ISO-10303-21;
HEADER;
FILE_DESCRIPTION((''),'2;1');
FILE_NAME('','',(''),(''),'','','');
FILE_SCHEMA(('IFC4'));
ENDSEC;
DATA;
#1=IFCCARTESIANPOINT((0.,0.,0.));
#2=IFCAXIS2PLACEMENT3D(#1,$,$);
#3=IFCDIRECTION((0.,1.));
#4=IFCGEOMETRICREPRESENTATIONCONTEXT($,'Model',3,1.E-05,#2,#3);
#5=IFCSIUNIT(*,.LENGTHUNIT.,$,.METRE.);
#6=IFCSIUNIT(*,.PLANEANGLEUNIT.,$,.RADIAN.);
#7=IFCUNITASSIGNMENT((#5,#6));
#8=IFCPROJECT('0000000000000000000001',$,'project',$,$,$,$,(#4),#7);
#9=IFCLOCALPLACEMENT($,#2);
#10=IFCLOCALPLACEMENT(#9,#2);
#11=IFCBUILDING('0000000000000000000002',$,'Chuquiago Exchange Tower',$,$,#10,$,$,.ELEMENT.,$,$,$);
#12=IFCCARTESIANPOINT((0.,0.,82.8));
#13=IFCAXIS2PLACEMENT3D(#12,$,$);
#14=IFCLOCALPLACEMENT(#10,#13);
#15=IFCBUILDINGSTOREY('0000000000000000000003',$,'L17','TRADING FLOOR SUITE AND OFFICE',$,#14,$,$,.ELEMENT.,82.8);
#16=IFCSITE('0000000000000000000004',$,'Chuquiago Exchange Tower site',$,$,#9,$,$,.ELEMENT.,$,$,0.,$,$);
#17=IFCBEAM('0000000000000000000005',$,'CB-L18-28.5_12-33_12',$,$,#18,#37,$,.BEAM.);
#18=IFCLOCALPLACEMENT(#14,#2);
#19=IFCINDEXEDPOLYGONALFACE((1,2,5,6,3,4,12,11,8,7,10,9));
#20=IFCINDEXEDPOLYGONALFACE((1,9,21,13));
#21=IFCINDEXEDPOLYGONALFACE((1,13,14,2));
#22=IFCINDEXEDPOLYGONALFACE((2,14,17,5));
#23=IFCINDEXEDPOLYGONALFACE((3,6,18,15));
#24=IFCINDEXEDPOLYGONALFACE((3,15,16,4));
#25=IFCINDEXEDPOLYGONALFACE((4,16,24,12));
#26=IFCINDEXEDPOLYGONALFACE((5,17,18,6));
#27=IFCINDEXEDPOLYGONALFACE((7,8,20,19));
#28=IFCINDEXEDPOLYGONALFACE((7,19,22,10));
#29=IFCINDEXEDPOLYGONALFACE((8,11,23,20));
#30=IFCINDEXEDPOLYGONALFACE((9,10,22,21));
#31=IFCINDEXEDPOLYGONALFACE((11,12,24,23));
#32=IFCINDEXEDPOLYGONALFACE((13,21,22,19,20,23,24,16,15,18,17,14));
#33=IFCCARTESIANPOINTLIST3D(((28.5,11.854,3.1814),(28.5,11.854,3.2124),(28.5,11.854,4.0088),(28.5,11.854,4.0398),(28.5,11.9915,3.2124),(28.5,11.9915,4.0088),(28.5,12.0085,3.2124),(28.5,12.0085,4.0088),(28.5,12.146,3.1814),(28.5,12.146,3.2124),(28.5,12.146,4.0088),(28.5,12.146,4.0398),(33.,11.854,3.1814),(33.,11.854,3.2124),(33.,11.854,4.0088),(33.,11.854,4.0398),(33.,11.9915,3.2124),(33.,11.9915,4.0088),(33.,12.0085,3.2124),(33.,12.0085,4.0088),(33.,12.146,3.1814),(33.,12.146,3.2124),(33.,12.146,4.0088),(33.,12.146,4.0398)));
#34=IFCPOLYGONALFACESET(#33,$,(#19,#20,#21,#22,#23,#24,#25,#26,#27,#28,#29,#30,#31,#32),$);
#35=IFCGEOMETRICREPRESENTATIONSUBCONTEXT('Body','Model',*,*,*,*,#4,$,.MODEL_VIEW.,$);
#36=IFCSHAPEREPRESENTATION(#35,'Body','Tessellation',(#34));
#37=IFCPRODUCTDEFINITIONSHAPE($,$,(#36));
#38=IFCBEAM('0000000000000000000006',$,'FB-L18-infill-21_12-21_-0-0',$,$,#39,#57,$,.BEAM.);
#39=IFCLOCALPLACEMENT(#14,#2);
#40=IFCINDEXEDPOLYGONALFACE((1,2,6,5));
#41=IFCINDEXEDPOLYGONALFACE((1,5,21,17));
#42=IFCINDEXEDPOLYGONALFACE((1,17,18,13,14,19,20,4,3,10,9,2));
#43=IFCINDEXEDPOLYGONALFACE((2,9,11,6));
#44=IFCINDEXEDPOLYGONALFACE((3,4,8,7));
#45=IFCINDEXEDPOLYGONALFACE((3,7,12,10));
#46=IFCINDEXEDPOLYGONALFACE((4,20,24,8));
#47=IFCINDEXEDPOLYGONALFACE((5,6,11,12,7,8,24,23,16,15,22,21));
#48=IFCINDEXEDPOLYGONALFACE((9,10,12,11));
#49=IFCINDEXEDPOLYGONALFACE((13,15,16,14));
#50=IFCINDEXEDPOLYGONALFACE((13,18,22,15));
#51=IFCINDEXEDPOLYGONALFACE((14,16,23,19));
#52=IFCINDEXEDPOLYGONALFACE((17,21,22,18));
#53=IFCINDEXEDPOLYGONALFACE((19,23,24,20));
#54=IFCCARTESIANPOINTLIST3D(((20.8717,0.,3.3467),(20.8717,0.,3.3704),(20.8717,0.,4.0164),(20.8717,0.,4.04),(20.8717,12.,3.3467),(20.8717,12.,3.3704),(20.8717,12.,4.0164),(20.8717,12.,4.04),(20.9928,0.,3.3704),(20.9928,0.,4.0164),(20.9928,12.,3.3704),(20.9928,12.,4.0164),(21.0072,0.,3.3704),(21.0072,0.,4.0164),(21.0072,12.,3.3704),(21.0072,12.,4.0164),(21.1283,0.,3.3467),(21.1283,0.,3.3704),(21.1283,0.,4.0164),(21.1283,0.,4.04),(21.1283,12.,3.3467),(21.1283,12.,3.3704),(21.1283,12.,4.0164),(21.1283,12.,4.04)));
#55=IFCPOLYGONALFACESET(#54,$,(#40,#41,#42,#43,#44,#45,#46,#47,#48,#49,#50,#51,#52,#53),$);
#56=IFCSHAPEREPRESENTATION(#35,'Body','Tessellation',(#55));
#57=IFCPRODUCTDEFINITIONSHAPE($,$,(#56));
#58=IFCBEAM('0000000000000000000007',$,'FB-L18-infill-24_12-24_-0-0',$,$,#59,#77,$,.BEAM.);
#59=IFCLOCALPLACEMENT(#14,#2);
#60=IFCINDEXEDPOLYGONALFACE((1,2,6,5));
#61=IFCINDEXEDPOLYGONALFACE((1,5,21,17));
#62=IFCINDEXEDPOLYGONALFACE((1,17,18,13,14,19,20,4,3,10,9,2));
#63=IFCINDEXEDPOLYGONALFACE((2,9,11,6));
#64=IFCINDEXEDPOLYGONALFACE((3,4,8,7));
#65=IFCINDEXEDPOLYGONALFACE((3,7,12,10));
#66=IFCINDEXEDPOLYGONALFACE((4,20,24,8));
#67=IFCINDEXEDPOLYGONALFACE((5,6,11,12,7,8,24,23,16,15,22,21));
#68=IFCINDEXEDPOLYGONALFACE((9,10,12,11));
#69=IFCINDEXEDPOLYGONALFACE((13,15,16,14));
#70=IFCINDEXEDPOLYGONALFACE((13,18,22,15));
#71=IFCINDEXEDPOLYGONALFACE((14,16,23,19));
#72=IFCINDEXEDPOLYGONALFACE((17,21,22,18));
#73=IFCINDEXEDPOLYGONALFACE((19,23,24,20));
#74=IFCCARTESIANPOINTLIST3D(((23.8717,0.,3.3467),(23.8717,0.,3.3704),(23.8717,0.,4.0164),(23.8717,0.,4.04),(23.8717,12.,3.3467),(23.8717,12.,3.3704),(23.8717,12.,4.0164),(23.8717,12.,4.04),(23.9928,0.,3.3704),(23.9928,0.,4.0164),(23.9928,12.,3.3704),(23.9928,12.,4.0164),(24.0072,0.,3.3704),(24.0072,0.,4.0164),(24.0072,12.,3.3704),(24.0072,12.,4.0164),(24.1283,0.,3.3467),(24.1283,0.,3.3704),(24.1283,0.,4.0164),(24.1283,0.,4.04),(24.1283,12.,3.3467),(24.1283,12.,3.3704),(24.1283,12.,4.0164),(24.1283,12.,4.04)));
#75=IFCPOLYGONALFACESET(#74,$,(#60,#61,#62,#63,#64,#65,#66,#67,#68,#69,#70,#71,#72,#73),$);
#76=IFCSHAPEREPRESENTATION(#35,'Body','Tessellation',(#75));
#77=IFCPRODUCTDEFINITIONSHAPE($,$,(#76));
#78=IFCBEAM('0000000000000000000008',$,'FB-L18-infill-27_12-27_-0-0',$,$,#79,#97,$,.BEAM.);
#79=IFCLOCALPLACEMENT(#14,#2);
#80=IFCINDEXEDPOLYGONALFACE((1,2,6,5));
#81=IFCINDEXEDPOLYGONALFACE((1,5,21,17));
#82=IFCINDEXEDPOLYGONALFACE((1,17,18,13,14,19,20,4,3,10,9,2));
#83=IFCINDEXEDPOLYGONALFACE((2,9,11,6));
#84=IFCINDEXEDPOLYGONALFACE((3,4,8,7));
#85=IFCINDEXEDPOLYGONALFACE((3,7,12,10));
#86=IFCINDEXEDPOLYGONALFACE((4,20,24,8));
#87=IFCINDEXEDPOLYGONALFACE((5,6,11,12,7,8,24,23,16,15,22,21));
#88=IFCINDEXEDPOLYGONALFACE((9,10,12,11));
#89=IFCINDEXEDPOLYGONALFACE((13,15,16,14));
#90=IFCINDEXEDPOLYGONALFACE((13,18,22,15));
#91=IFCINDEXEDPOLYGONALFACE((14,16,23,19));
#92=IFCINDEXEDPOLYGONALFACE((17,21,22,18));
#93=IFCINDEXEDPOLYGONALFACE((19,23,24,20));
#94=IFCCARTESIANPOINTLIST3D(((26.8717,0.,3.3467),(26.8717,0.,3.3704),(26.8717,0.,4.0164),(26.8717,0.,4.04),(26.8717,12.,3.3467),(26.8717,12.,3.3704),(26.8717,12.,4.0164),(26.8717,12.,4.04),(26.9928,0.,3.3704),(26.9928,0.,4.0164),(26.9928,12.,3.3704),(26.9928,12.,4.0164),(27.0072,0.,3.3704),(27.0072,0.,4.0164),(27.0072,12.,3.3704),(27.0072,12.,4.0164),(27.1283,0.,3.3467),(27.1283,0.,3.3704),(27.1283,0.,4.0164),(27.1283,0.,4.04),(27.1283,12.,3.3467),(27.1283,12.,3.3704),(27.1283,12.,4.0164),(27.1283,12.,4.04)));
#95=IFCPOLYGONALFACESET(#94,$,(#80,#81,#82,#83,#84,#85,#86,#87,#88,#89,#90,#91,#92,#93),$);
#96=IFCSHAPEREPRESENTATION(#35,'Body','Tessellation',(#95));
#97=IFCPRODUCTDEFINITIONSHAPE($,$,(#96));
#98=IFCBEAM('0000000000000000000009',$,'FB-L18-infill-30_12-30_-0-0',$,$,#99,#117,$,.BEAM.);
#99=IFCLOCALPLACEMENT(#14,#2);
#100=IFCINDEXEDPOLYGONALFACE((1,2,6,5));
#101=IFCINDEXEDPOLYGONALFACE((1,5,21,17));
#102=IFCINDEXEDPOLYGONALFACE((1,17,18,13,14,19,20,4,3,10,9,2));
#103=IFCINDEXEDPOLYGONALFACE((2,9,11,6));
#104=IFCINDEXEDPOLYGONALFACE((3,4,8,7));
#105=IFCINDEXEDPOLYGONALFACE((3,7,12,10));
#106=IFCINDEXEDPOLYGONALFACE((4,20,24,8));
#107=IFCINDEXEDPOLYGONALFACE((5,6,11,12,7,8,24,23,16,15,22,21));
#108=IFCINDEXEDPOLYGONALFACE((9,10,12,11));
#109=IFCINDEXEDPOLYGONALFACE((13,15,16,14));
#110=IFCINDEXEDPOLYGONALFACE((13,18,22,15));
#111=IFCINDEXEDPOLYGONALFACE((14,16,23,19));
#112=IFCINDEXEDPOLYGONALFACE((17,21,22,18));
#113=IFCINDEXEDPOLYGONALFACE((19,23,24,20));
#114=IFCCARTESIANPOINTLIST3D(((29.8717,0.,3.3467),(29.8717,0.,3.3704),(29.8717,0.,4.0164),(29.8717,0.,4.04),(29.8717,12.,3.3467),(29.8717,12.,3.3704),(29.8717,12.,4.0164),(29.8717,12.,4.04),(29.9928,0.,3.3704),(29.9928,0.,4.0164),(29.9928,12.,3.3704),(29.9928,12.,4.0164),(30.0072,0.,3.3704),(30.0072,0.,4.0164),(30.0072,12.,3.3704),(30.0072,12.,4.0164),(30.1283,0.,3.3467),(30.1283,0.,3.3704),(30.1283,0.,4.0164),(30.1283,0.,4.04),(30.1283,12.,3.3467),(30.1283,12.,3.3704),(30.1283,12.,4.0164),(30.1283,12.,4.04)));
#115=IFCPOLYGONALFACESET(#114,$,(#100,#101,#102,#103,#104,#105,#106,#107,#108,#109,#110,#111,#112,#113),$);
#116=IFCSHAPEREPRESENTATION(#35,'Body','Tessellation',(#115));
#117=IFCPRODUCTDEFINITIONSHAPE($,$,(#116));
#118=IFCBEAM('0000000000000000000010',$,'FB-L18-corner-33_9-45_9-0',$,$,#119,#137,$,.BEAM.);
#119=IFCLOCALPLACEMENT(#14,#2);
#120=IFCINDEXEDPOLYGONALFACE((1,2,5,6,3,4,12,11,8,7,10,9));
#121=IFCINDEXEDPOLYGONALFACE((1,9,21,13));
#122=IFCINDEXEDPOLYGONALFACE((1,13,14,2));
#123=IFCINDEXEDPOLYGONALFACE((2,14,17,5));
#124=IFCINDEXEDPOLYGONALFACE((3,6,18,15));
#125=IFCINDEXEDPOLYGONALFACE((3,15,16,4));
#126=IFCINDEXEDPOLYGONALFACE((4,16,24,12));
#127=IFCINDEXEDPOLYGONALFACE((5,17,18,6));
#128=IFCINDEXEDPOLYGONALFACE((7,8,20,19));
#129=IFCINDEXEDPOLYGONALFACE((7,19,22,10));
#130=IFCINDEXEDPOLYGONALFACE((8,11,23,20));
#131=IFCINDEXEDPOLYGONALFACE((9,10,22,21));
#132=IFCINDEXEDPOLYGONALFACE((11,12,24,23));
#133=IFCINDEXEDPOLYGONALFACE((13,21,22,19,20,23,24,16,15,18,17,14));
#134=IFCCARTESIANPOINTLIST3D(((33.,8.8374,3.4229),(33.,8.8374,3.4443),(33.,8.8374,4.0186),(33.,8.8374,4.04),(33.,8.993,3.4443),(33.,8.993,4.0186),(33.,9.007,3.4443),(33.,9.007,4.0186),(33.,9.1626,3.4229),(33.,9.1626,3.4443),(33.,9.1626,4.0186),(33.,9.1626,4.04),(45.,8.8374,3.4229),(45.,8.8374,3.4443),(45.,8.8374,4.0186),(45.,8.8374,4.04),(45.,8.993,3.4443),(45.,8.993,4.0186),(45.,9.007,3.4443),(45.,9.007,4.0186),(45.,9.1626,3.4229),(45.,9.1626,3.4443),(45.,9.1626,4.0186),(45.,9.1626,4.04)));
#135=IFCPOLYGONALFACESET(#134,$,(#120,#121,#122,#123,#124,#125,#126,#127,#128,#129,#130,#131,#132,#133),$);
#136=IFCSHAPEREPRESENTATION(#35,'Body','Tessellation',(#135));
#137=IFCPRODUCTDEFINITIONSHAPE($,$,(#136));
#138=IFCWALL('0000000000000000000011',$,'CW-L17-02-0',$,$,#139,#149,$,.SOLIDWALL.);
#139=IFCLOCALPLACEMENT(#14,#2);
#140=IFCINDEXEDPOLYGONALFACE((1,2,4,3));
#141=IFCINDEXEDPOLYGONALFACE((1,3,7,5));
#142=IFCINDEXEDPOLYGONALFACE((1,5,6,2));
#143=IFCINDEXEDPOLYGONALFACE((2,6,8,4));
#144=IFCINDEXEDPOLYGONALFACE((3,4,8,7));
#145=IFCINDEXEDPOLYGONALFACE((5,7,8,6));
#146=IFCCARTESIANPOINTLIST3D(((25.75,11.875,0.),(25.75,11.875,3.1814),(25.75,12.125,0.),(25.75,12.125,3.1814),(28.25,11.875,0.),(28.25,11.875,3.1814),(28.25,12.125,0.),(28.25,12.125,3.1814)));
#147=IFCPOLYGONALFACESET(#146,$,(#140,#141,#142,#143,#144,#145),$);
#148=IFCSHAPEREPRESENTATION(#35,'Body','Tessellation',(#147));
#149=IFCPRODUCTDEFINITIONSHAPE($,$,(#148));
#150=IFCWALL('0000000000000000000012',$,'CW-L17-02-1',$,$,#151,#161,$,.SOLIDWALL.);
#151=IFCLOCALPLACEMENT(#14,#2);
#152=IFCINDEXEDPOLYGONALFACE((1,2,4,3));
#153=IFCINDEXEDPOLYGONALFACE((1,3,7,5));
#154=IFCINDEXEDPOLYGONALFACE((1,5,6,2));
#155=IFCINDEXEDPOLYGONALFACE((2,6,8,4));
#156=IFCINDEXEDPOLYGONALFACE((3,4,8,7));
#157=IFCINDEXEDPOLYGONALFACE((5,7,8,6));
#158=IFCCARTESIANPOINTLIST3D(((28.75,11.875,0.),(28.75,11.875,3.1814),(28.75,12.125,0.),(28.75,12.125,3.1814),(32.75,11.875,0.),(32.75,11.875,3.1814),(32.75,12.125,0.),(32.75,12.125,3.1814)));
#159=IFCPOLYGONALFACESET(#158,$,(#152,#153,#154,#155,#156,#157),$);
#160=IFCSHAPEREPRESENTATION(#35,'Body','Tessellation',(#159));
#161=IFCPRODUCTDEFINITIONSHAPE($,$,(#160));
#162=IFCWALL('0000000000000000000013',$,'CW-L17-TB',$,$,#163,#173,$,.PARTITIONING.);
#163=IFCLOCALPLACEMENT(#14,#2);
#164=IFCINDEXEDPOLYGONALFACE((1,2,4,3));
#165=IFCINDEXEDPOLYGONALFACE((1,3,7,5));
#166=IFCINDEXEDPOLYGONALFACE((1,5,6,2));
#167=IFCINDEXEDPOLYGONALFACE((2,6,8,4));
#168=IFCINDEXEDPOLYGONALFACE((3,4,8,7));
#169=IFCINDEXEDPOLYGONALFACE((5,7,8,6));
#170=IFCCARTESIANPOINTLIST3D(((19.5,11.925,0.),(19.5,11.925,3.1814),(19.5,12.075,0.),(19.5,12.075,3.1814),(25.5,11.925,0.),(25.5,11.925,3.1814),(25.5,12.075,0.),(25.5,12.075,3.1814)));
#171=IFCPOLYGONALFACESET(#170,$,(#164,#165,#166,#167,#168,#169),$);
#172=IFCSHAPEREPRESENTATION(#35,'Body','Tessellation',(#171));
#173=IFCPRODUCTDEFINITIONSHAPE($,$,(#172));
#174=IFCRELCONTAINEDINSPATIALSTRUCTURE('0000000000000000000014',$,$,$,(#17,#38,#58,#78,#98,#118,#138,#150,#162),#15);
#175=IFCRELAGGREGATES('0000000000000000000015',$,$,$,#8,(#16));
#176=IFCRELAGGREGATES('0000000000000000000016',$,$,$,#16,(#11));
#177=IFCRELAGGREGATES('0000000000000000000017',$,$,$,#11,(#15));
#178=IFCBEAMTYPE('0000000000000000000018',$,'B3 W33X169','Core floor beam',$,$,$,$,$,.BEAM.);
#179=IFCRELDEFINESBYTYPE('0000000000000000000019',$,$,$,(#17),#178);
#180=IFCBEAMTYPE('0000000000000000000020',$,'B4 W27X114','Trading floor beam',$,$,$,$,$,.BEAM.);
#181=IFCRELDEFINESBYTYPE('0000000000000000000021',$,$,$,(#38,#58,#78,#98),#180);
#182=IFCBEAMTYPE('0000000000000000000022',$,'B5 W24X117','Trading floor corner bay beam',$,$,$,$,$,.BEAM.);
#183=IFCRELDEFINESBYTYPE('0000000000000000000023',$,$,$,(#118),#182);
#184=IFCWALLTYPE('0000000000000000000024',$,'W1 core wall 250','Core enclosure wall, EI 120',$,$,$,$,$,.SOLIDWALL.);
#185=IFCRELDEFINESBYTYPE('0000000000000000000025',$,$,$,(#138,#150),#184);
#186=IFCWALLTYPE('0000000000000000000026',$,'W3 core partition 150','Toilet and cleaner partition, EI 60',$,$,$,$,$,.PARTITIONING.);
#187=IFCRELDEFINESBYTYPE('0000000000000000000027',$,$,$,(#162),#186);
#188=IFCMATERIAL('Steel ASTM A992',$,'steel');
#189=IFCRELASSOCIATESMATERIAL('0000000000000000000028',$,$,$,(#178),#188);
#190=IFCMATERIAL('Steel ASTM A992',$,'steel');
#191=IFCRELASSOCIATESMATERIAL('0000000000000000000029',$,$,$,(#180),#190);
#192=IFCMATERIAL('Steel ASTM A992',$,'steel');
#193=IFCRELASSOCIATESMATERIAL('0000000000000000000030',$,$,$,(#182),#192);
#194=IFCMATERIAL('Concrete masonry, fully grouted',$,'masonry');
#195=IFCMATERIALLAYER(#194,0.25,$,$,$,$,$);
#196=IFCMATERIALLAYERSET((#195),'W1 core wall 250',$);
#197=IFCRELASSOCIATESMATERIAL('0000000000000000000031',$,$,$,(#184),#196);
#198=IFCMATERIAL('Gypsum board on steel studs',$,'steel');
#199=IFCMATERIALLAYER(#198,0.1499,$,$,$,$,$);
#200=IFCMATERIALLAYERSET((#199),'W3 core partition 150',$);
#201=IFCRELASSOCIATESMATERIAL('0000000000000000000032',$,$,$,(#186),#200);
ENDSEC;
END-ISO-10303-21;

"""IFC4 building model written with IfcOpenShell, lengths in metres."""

from ifc_helpers import new_model, si_unit, direction, frame, frame_2d, origin, origin_2d, place, context, subcontext, project, spatial, rectangle, i_section, extrude, material, layer, layer_set, material_profile, profile_set, type_object, element, save


model = new_model("IFC4")

# Units and contexts
model_context = context("Model", 3, precision=1e-05, world=origin(), true_north=direction((0.0, 1.0)))
body_context = subcontext(model_context, "Body", "Model", "MODEL_VIEW")
ifc_project = project(units=[si_unit("LENGTHUNIT", "METRE"), si_unit("PLANEANGLEUNIT", "RADIAN")], contexts=[model_context])

# Site, building, storey
site_placement = place(None, origin())
site = spatial("IfcSite", under=ifc_project, at=site_placement, Name="Chuquiago Exchange Tower site", CompositionType="ELEMENT", RefElevation=0.0)
building_placement = place(site_placement, origin())
building = spatial("IfcBuilding", under=site, at=building_placement, Name="Chuquiago Exchange Tower", CompositionType="ELEMENT")
storey_placement = place(building_placement, frame((0.0, 0.0, 82.8)))
storey = spatial("IfcBuildingStorey", under=building, at=storey_placement, Name="L17", Description="TRADING FLOOR SUITE AND OFFICE", CompositionType="ELEMENT", Elevation=82.8)

# Beams
ifc_material_1 = material(Name="Steel ASTM A992", Category="steel")
ifc_material_profile_1 = material_profile(ifc_material_1, i_section(OverallWidth=0.292, OverallDepth=0.8584, WebThickness=0.0171, FlangeThickness=0.031, at=origin_2d()), Name="W33X169")
ifc_profile_set_1 = profile_set([ifc_material_profile_1], Name="Steel ASTM A992")
beam_type_1 = type_object("IfcBeamType", Name="B3 W33X169", Description="Core floor beam", PredefinedType="BEAM", material=ifc_profile_set_1)
beam_1_placement = place(storey_placement, frame((28.5, 12.0, 3.6106), z_axis=(1.0, 0.0, 0.0), x_axis=(0.0, 1.0, 0.0)))
element("IfcBeam", 1, at=beam_1_placement, inside=storey, type_object=beam_type_1, Name="CB-L18-28.5_12-33_12", PredefinedType="BEAM", context=body_context, shape_type="SweptSolid", body=[
    extrude(i_section(OverallWidth=0.292, OverallDepth=0.8584, WebThickness=0.0171, FlangeThickness=0.031, at=origin_2d()), origin(), (0.0, 0.0, 1.0), 4.5),
])
ifc_material_2 = material(Name="Steel ASTM A992", Category="steel")
ifc_material_profile_2 = material_profile(ifc_material_2, i_section(OverallWidth=0.2566, OverallDepth=0.6934, WebThickness=0.0144, FlangeThickness=0.0237, at=origin_2d()), Name="W27X114")
ifc_profile_set_2 = profile_set([ifc_material_profile_2], Name="Steel ASTM A992")
beam_type_2 = type_object("IfcBeamType", Name="B4 W27X114", Description="Trading floor beam", PredefinedType="BEAM", material=ifc_profile_set_2)
for number, where, z_axis, x_axis, name in (
    (2, (21.0, 12.0, 3.6934), (0.0, -1.0, 0.0), (1.0, 0.0, 0.0), "FB-L18-infill-21_12-21_-0-0"),
    (3, (24.0, 12.0, 3.6934), (0.0, -1.0, 0.0), (1.0, 0.0, 0.0), "FB-L18-infill-24_12-24_-0-0"),
    (4, (27.0, 12.0, 3.6934), (0.0, -1.0, 0.0), (1.0, 0.0, 0.0), "FB-L18-infill-27_12-27_-0-0"),
    (5, (30.0, 12.0, 3.6934), (0.0, -1.0, 0.0), (1.0, 0.0, 0.0), "FB-L18-infill-30_12-30_-0-0"),
):
    element("IfcBeam", number, at=place(storey_placement, frame(where, z_axis=z_axis, x_axis=x_axis)), inside=storey, type_object=beam_type_2, Name=name, PredefinedType="BEAM", context=body_context, shape_type="SweptSolid", body=[
        extrude(i_section(OverallWidth=0.2566, OverallDepth=0.6934, WebThickness=0.0144, FlangeThickness=0.0237, at=origin_2d()), origin(), (0.0, 0.0, 1.0), 12.0),
    ])
ifc_material_3 = material(Name="Steel ASTM A992", Category="steel")
ifc_material_profile_3 = material_profile(ifc_material_3, i_section(OverallWidth=0.3252, OverallDepth=0.6172, WebThickness=0.0139, FlangeThickness=0.0215, at=origin_2d()), Name="W24X117")
ifc_profile_set_3 = profile_set([ifc_material_profile_3], Name="Steel ASTM A992")
beam_type_3 = type_object("IfcBeamType", Name="B5 W24X117", Description="Trading floor corner bay beam", PredefinedType="BEAM", material=ifc_profile_set_3)
beam_2_placement = place(storey_placement, frame((33.0, 9.0, 3.7314), z_axis=(1.0, 0.0, 0.0), x_axis=(0.0, 1.0, 0.0)))
element("IfcBeam", 6, at=beam_2_placement, inside=storey, type_object=beam_type_3, Name="FB-L18-corner-33_9-45_9-0", PredefinedType="BEAM", context=body_context, shape_type="SweptSolid", body=[
    extrude(i_section(OverallWidth=0.3252, OverallDepth=0.6172, WebThickness=0.0139, FlangeThickness=0.0215, at=origin_2d()), origin(), (0.0, 0.0, 1.0), 12.0),
])

# Walls
ifc_material_4 = material(Name="Concrete masonry, fully grouted", Category="masonry")
ifc_layer_1 = layer(ifc_material_4, 0.25)
ifc_layer_set_1 = layer_set([ifc_layer_1], Name="W1 core wall 250")
wall_type_1 = type_object("IfcWallType", Name="W1 core wall 250", Description="Core enclosure wall, EI 120", PredefinedType="SOLIDWALL", material=ifc_layer_set_1)
wall_1_placement = place(storey_placement, frame((25.75, 12.0, 0.0), z_axis=(0.0, 0.0, 1.0), x_axis=(1.0, 0.0, 0.0)))
element("IfcWall", 7, at=wall_1_placement, inside=storey, type_object=wall_type_1, Name="CW-L17-02-0", PredefinedType="SOLIDWALL", context=body_context, shape_type="SweptSolid", body=[
    extrude(rectangle(XDim=2.5, YDim=0.25, at=frame_2d((1.25, 0.0))), origin(), (0.0, 0.0, 1.0), 3.1814),
])
wall_2_placement = place(storey_placement, frame((28.75, 12.0, 0.0), z_axis=(0.0, 0.0, 1.0), x_axis=(1.0, 0.0, 0.0)))
element("IfcWall", 8, at=wall_2_placement, inside=storey, type_object=wall_type_1, Name="CW-L17-02-1", PredefinedType="SOLIDWALL", context=body_context, shape_type="SweptSolid", body=[
    extrude(rectangle(XDim=4.0, YDim=0.25, at=frame_2d((2.0, 0.0))), origin(), (0.0, 0.0, 1.0), 3.1814),
])
ifc_material_5 = material(Name="Gypsum board on steel studs", Category="steel")
ifc_layer_2 = layer(ifc_material_5, 0.1499)
ifc_layer_set_2 = layer_set([ifc_layer_2], Name="W3 core partition 150")
wall_type_2 = type_object("IfcWallType", Name="W3 core partition 150", Description="Toilet and cleaner partition, EI 60", PredefinedType="PARTITIONING", material=ifc_layer_set_2)
wall_3_placement = place(storey_placement, frame((19.5, 12.0, 0.0), z_axis=(0.0, 0.0, 1.0), x_axis=(1.0, 0.0, 0.0)))
element("IfcWall", 9, at=wall_3_placement, inside=storey, type_object=wall_type_2, Name="CW-L17-TB", PredefinedType="PARTITIONING", context=body_context, shape_type="SweptSolid", body=[
    extrude(rectangle(XDim=6.0, YDim=0.1499, at=frame_2d((3.0, 0.0))), origin(), (0.0, 0.0, 1.0), 3.1814),
])

save(model, "model.ifc")
